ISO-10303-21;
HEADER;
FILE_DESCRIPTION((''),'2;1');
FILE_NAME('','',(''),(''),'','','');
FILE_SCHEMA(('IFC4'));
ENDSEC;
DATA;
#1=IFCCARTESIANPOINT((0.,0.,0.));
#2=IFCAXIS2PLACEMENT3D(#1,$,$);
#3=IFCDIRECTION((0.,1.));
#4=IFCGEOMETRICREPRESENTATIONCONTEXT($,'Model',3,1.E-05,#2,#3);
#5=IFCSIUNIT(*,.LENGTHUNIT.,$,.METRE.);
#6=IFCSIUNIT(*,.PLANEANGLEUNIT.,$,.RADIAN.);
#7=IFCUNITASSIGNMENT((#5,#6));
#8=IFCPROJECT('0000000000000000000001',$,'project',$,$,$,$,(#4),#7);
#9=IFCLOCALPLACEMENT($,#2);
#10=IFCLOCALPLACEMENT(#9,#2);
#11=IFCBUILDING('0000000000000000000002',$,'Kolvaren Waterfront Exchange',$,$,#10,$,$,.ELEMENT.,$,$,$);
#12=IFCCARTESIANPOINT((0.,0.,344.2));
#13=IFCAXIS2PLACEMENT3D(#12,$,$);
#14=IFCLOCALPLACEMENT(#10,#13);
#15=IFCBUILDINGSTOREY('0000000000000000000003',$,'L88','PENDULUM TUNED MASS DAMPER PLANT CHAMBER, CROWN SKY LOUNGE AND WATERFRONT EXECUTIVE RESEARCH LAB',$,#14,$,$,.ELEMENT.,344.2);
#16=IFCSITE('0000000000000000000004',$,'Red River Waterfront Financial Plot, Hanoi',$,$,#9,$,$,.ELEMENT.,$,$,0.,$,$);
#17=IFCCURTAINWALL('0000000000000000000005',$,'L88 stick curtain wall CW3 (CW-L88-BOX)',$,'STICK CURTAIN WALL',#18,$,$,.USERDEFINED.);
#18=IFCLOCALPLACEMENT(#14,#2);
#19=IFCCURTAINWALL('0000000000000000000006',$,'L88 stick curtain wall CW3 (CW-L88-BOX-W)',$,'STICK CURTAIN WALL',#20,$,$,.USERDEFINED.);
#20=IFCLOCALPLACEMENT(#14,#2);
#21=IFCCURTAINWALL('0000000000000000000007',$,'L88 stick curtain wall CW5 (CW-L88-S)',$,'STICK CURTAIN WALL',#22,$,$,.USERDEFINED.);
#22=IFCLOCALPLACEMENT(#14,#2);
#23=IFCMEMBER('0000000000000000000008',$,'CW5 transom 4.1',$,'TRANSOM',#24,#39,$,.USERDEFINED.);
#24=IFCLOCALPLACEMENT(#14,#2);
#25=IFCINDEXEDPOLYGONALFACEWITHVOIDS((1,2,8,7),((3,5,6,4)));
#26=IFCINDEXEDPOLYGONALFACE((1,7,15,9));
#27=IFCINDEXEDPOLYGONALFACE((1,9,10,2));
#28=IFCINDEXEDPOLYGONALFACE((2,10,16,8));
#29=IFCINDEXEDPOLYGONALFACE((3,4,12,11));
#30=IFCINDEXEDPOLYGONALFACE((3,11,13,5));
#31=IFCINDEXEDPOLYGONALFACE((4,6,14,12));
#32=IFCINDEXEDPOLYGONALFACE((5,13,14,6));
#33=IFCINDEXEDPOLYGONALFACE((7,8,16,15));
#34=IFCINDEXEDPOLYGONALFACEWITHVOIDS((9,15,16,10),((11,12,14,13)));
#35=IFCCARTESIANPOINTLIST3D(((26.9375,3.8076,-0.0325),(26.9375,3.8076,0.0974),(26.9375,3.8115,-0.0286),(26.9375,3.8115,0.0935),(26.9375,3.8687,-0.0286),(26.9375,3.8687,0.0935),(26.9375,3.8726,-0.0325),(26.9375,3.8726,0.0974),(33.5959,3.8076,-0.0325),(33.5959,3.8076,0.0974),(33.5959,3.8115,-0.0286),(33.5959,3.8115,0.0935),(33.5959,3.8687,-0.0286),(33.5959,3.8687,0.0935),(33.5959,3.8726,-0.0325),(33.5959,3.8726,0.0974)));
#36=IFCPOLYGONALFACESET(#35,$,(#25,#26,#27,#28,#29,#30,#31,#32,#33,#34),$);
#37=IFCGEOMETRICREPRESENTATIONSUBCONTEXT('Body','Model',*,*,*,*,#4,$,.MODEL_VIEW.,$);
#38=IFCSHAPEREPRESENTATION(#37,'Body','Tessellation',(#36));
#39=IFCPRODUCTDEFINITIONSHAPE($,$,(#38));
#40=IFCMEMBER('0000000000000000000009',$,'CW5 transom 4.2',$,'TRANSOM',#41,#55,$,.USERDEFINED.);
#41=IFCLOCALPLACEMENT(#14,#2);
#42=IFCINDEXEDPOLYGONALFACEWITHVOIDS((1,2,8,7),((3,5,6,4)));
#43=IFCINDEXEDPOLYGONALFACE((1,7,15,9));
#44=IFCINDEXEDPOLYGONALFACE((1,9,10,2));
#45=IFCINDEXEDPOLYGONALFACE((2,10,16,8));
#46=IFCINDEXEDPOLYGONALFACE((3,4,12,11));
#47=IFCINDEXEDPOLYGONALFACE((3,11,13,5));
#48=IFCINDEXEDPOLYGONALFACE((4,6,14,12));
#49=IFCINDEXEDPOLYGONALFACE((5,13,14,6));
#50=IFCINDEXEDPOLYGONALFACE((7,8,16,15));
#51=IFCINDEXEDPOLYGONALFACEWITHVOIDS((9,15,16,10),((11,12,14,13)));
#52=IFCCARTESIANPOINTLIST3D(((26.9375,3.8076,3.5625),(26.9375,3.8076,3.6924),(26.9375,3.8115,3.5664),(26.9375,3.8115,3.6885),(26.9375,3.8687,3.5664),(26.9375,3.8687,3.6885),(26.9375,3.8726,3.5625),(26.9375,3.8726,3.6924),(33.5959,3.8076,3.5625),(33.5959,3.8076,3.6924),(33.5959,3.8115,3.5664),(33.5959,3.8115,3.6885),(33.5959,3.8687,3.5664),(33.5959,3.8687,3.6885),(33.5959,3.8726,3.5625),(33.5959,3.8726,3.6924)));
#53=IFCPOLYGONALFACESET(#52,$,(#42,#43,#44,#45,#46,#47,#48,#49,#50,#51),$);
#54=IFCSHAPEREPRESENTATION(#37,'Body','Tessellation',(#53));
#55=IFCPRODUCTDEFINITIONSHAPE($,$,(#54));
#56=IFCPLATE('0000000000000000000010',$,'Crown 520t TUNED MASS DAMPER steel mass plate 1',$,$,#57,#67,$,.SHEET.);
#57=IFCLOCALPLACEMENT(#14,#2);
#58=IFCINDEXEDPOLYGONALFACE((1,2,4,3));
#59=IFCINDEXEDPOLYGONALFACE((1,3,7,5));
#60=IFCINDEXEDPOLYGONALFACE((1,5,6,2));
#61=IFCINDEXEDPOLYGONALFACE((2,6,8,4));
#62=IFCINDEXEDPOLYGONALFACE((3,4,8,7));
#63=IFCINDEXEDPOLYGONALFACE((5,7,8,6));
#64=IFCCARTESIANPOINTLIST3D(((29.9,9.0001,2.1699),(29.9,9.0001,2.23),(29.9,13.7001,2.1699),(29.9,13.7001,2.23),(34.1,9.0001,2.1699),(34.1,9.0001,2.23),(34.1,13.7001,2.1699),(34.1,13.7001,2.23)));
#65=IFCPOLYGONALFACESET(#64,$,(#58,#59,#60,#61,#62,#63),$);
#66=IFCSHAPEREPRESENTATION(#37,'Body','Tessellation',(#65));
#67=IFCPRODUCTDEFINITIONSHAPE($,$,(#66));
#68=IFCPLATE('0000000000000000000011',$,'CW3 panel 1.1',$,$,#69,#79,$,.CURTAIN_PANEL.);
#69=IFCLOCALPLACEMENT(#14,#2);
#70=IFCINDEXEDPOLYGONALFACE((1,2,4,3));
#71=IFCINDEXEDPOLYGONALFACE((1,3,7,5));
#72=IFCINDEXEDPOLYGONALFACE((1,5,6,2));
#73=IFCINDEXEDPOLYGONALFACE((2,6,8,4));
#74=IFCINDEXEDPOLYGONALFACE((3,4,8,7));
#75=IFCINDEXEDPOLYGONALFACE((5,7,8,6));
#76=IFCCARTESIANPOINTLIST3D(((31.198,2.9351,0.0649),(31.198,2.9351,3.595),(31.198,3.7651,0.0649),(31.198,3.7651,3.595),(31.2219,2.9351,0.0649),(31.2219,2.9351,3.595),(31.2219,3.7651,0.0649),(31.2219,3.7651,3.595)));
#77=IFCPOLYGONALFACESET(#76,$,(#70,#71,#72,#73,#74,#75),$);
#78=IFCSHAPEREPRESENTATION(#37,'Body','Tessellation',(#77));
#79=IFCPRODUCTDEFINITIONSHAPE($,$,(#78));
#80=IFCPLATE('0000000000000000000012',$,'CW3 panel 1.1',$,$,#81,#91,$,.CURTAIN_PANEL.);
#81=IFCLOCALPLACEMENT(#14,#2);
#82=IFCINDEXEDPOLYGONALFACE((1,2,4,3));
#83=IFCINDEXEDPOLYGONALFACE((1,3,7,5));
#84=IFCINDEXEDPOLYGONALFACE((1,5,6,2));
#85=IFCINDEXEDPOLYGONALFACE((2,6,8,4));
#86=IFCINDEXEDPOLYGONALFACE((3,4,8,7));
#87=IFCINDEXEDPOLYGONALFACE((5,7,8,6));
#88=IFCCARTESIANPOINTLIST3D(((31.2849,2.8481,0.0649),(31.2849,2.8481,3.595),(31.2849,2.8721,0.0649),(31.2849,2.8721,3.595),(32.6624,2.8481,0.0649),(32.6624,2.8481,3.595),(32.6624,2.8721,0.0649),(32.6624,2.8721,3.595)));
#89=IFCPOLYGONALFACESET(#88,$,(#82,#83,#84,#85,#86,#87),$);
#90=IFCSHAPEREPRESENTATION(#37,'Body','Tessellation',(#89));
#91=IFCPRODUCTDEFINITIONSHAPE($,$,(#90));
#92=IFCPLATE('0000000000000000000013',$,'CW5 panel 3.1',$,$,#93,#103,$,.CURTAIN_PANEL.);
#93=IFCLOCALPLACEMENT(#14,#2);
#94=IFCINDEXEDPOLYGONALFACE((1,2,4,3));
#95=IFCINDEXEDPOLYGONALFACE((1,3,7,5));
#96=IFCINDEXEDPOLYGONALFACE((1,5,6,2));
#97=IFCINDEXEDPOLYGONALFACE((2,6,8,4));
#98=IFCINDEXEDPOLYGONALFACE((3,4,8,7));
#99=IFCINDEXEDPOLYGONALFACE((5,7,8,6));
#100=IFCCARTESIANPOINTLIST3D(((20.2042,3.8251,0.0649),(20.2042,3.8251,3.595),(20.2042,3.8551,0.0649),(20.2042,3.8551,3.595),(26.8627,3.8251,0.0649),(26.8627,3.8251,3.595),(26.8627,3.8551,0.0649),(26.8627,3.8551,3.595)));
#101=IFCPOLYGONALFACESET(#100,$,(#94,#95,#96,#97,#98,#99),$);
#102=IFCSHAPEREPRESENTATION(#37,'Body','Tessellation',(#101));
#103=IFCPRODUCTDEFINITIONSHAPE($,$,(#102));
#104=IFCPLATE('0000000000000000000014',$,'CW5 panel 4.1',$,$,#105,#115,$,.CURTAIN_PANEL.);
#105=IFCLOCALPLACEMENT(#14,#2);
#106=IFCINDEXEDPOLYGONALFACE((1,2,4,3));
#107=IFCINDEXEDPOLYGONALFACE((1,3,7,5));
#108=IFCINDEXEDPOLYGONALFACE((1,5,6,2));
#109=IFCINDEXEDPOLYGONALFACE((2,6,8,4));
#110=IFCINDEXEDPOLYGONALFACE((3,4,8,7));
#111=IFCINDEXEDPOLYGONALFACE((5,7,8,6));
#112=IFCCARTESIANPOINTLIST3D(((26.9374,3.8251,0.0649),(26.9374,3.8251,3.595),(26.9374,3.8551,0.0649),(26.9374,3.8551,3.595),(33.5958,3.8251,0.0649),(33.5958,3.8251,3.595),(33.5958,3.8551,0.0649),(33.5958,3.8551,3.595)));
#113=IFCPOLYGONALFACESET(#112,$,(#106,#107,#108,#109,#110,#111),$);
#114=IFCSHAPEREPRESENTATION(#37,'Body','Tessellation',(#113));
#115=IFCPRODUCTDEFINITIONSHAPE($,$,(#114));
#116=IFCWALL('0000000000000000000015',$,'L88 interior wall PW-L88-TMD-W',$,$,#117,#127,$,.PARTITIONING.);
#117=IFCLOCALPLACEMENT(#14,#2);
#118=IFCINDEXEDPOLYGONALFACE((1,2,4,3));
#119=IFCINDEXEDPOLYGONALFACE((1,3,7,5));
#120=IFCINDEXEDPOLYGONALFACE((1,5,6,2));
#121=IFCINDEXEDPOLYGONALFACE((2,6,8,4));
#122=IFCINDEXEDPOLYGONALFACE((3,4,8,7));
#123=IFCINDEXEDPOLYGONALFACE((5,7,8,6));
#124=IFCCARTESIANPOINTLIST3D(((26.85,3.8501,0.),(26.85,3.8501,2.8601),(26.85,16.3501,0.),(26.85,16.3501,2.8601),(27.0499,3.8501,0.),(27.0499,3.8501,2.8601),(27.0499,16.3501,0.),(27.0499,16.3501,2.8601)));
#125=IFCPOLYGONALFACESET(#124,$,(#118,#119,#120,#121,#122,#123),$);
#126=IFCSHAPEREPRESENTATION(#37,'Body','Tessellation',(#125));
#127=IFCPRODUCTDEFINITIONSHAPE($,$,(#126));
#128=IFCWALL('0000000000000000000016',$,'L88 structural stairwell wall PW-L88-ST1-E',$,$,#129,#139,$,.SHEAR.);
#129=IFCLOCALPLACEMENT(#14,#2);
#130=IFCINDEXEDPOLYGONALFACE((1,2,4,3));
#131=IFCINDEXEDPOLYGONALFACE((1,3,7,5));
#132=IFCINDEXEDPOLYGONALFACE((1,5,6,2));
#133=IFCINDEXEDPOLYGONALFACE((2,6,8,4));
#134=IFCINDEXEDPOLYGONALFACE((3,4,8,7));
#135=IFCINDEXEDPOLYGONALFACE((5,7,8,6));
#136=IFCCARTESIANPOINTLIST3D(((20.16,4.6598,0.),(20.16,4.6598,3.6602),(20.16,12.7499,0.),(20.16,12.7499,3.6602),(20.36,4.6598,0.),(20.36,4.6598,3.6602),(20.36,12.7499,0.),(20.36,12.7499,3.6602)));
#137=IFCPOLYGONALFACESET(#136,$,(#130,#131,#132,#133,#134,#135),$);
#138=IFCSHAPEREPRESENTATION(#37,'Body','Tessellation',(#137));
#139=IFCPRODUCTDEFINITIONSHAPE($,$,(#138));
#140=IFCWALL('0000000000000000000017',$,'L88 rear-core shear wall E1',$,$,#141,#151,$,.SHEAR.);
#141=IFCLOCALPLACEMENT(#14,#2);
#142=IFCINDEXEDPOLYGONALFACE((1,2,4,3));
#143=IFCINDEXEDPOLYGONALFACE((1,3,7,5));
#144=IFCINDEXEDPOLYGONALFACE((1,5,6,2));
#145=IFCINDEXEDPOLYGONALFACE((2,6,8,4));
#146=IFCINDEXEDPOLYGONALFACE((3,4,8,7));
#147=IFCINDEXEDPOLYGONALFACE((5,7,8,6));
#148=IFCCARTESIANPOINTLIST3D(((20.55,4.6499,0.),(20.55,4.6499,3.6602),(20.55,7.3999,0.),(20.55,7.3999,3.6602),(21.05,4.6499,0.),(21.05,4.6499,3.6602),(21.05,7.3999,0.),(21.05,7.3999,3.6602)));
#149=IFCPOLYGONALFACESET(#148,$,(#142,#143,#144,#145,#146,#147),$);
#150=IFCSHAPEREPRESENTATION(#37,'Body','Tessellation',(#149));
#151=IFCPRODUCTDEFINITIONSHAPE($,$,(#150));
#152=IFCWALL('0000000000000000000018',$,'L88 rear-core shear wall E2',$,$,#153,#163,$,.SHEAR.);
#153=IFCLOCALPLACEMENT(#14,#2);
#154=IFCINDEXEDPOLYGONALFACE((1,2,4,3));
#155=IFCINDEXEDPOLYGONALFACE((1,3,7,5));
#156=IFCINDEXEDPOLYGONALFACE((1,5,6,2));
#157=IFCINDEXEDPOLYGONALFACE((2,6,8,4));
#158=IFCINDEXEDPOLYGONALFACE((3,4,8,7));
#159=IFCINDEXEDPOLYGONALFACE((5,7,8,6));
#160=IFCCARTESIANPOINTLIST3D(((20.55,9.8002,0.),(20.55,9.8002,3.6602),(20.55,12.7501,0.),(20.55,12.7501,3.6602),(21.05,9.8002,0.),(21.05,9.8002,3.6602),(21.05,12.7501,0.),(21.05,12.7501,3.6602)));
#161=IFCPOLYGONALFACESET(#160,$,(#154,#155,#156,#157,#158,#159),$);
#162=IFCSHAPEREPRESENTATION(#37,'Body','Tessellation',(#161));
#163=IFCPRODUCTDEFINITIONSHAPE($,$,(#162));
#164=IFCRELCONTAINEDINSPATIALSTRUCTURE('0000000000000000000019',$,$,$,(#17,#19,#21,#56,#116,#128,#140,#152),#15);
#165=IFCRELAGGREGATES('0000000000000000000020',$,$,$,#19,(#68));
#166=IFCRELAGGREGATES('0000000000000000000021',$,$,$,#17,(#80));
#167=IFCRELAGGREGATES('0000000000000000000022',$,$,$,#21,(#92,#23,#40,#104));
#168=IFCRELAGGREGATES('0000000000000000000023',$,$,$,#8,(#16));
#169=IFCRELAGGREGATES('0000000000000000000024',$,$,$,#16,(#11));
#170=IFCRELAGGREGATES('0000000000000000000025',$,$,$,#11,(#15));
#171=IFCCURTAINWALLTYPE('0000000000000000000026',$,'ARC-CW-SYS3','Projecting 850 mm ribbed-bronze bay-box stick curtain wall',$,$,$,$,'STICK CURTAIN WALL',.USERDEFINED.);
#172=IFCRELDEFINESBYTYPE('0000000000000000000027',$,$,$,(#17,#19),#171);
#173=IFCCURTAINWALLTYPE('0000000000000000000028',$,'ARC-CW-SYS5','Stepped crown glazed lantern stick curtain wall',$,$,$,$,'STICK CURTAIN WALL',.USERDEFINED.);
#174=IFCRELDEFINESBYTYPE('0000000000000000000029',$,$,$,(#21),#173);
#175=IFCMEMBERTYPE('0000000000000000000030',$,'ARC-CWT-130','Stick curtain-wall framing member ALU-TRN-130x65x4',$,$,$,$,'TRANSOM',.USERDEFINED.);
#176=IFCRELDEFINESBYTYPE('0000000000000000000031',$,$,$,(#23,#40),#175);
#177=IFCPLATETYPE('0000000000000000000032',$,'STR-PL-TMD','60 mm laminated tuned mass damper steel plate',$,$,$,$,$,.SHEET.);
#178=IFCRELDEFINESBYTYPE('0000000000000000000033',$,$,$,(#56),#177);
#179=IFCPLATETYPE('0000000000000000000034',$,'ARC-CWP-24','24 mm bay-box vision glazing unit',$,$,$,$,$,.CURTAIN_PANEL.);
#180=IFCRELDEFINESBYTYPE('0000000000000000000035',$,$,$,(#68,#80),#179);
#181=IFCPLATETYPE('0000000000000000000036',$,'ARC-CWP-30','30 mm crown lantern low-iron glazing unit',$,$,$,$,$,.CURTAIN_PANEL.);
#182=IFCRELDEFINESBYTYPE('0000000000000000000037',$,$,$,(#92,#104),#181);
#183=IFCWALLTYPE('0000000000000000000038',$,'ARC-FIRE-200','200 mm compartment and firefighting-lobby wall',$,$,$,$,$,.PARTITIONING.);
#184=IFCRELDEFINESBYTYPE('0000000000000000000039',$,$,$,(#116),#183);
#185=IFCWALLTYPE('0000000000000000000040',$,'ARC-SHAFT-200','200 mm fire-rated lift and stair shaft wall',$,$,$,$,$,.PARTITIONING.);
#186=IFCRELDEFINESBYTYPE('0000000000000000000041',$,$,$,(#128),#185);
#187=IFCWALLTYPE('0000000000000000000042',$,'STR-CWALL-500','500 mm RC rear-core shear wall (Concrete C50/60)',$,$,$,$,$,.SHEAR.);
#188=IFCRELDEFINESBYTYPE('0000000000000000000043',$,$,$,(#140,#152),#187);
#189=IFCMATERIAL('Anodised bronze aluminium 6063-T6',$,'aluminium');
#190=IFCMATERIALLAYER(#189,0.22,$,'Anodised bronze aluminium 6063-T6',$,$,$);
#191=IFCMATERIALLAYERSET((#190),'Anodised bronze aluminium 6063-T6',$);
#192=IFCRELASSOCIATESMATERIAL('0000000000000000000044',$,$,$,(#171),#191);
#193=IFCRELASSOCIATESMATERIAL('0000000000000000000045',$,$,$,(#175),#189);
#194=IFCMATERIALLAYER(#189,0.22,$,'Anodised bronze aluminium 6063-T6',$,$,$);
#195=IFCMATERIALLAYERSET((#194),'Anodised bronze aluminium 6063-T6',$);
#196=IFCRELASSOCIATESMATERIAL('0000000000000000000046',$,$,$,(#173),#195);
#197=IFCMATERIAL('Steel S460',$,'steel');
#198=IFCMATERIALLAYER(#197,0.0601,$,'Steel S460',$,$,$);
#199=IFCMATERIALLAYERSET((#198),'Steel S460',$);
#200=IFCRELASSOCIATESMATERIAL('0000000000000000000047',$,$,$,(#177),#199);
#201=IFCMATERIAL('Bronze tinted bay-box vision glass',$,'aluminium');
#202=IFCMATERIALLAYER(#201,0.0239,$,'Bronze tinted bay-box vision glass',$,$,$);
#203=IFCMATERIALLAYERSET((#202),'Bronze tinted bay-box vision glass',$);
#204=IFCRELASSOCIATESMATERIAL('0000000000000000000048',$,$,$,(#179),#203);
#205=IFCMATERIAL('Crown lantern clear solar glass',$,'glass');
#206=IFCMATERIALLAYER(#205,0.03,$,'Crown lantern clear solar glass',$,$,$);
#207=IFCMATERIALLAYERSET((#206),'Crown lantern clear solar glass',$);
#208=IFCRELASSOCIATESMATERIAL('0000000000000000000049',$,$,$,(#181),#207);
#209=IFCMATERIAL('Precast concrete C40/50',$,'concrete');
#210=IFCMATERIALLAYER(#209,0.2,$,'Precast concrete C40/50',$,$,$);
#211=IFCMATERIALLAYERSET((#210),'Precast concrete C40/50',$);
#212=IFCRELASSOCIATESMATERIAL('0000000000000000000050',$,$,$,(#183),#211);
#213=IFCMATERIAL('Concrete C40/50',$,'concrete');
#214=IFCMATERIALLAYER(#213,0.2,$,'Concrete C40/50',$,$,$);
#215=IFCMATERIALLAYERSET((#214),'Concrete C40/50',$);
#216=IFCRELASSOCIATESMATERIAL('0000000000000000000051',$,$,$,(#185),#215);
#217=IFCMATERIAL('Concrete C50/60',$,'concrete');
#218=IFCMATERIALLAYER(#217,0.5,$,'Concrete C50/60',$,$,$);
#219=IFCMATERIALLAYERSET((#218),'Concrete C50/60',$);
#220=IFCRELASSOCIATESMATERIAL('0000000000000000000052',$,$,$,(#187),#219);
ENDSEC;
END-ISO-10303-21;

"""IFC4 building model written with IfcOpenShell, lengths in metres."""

from ifc_helpers import new_model, si_unit, direction, frame, frame_2d, origin, origin_with_axes, origin_2d, place, context, subcontext, project, spatial, rectangle, hollow_rectangle, extrude, source, transform, mapped, material, layer, layer_set, material_profile, profile_set, type_object, element, aggregate, save


model = new_model("IFC4")

# Units and contexts
model_context = context("Model", 3, precision=1e-05, world=origin(), true_north=direction((0.0, 1.0)))
body_context = subcontext(model_context, "Body", "Model", "MODEL_VIEW")
ifc_project = project(units=[si_unit("LENGTHUNIT", "METRE"), si_unit("PLANEANGLEUNIT", "RADIAN")], contexts=[model_context])

# Site, building, storey
site_placement = place(None, origin())
site = spatial("IfcSite", under=ifc_project, at=site_placement, Name="Red River Waterfront Financial Plot, Hanoi", CompositionType="ELEMENT", RefElevation=0.0)
building_placement = place(site_placement, origin())
building = spatial("IfcBuilding", under=site, at=building_placement, Name="Kolvaren Waterfront Exchange", CompositionType="ELEMENT")
storey_placement = place(building_placement, frame((0.0, 0.0, 344.2)))
storey = spatial("IfcBuildingStorey", under=building, at=storey_placement, Name="L88", Description="PENDULUM TUNED MASS DAMPER PLANT CHAMBER, CROWN SKY LOUNGE AND WATERFRONT EXECUTIVE RESEARCH LAB", CompositionType="ELEMENT", Elevation=344.2)

# Shared definitions
ifc_material_1 = material(Name="Concrete C50/60", Category="concrete")

# Shared definitions
ifc_material_2 = material(Name="Steel S460", Category="steel")

# Curtain walls
ifc_material_3 = material(Name="Anodised bronze aluminium 6063-T6", Category="aluminium")
ifc_layer_1 = layer(ifc_material_3, 0.22, Name="Anodised bronze aluminium 6063-T6")
ifc_layer_set_1 = layer_set([ifc_layer_1], Name="Anodised bronze aluminium 6063-T6")
curtain_wall_type_1 = type_object("IfcCurtainWallType", Name="ARC-CW-SYS3", Description="Projecting 850 mm ribbed-bronze bay-box stick curtain wall", ElementType="STICK CURTAIN WALL", PredefinedType="USERDEFINED", material=ifc_layer_set_1)
curtain_wall_1_placement = place(storey_placement, origin())
curtain_wall_1 = element("IfcCurtainWall", 1, at=curtain_wall_1_placement, inside=storey, type_object=curtain_wall_type_1, Name="L88 stick curtain wall CW3 (CW-L88-BOX)", ObjectType="STICK CURTAIN WALL", PredefinedType="USERDEFINED")
ifc_material_profile_1 = material_profile(ifc_material_3, hollow_rectangle(XDim=0.0649, YDim=0.1299, WallThickness=0.0039, at=origin_2d()), Name="ALU-TRN-130x65x4")
ifc_profile_set_1 = profile_set([ifc_material_profile_1], Name="Anodised bronze aluminium 6063-T6")
member_type_1 = type_object("IfcMemberType", Name="ARC-CWT-130", Description="Stick curtain-wall framing member ALU-TRN-130x65x4", ElementType="TRANSOM", PredefinedType="USERDEFINED", material=ifc_profile_set_1)
curtain_wall_2_placement = place(storey_placement, origin())
curtain_wall_2 = element("IfcCurtainWall", 2, at=curtain_wall_2_placement, inside=storey, type_object=curtain_wall_type_1, Name="L88 stick curtain wall CW3 (CW-L88-BOX-W)", ObjectType="STICK CURTAIN WALL", PredefinedType="USERDEFINED")

# Curtain wall, members
ifc_layer_2 = layer(ifc_material_3, 0.22, Name="Anodised bronze aluminium 6063-T6")
ifc_layer_set_2 = layer_set([ifc_layer_2], Name="Anodised bronze aluminium 6063-T6")
curtain_wall_type_2 = type_object("IfcCurtainWallType", Name="ARC-CW-SYS5", Description="Stepped crown glazed lantern stick curtain wall", ElementType="STICK CURTAIN WALL", PredefinedType="USERDEFINED", material=ifc_layer_set_2)
curtain_wall_3_placement = place(storey_placement, origin())
curtain_wall_3 = element("IfcCurtainWall", 3, at=curtain_wall_3_placement, inside=storey, type_object=curtain_wall_type_2, Name="L88 stick curtain wall CW5 (CW-L88-S)", ObjectType="STICK CURTAIN WALL", PredefinedType="USERDEFINED")
shared_shape_1 = source(origin_with_axes(), body_context, "Body", "SweptSolid", [
    extrude(hollow_rectangle(XDim=0.0649, YDim=0.1299, WallThickness=0.0039, at=origin_2d()), origin(), (0.0, 0.0, 1.0), 6.6584),
])
member_1_placement = place(storey_placement, frame((26.9375, 3.8401, 0.0325), z_axis=(1.0, 0.0, 0.0), x_axis=(0.0, 1.0, 0.0)))
member_1 = element("IfcMember", 4, at=member_1_placement, type_object=member_type_1, Name="CW5 transom 4.1", ObjectType="TRANSOM", PredefinedType="USERDEFINED", context=body_context, shape_type="MappedRepresentation", body=[
    mapped(shared_shape_1, transform((0.0, 0.0, 0.0), x_axis=(1.0, 0.0, 0.0), y_axis=(0.0, 1.0, 0.0), z_axis=(0.0, 0.0, 1.0), scale=1.0)),
])
member_2_placement = place(storey_placement, frame((26.9375, 3.8401, 3.6274), z_axis=(1.0, 0.0, 0.0), x_axis=(0.0, 1.0, 0.0)))
member_2 = element("IfcMember", 5, at=member_2_placement, type_object=member_type_1, Name="CW5 transom 4.2", ObjectType="TRANSOM", PredefinedType="USERDEFINED", context=body_context, shape_type="MappedRepresentation", body=[
    mapped(shared_shape_1, transform((0.0, 0.0, 0.0), x_axis=(1.0, 0.0, 0.0), y_axis=(0.0, 1.0, 0.0), z_axis=(0.0, 0.0, 1.0), scale=1.0)),
])

# Plates
ifc_layer_3 = layer(ifc_material_2, 0.0601, Name="Steel S460")
ifc_layer_set_3 = layer_set([ifc_layer_3], Name="Steel S460")
plate_type_1 = type_object("IfcPlateType", Name="STR-PL-TMD", Description="60 mm laminated tuned mass damper steel plate", PredefinedType="SHEET", material=ifc_layer_set_3)
shared_shape_2 = source(origin_with_axes(), body_context, "Body", "SweptSolid", [
    extrude(rectangle(XDim=4.2, YDim=4.7, at=origin_2d()), origin(), (0.0, 0.0, 1.0), 0.0601),
])
plate_1_placement = place(storey_placement, frame((32.0, 11.3501, 2.1699), z_axis=(0.0, 0.0, 1.0), x_axis=(1.0, 0.0, 0.0)))
element("IfcPlate", 6, at=plate_1_placement, inside=storey, type_object=plate_type_1, Name="Crown 520t TUNED MASS DAMPER steel mass plate 1", PredefinedType="SHEET", context=body_context, shape_type="MappedRepresentation", body=[
    mapped(shared_shape_2, transform((0.0, 0.0, 0.0), x_axis=(1.0, 0.0, 0.0), y_axis=(0.0, 1.0, 0.0), z_axis=(0.0, 0.0, 1.0), scale=1.0)),
])
ifc_material_4 = material(Name="Bronze tinted bay-box vision glass", Category="aluminium")
ifc_layer_4 = layer(ifc_material_4, 0.0239, Name="Bronze tinted bay-box vision glass")
ifc_layer_set_4 = layer_set([ifc_layer_4], Name="Bronze tinted bay-box vision glass")
plate_type_2 = type_object("IfcPlateType", Name="ARC-CWP-24", Description="24 mm bay-box vision glazing unit", PredefinedType="CURTAIN_PANEL", material=ifc_layer_set_4)
shared_shape_3 = source(origin_with_axes(), body_context, "Body", "SweptSolid", [
    extrude(rectangle(XDim=0.8301, YDim=0.0239, at=origin_2d()), origin(), (0.0, 0.0, 1.0), 3.53),
])
plate_2_placement = place(storey_placement, frame((31.21, 3.3501, 0.0649), z_axis=(0.0, 0.0, 1.0), x_axis=(0.0, -1.0, 0.0)))
plate_2 = element("IfcPlate", 7, at=plate_2_placement, type_object=plate_type_2, Name="CW3 panel 1.1", PredefinedType="CURTAIN_PANEL", context=body_context, shape_type="MappedRepresentation", body=[
    mapped(shared_shape_3, transform((0.0, 0.0, 0.0), x_axis=(1.0, 0.0, 0.0), y_axis=(0.0, 1.0, 0.0), z_axis=(0.0, 0.0, 1.0), scale=1.0)),
])
aggregate(curtain_wall_2, [plate_2])
shared_shape_4 = source(origin_with_axes(), body_context, "Body", "SweptSolid", [
    extrude(rectangle(XDim=1.3774, YDim=0.0239, at=origin_2d()), origin(), (0.0, 0.0, 1.0), 3.53),
])
plate_3_placement = place(storey_placement, frame((31.9736, 2.8601, 0.0649), z_axis=(0.0, 0.0, 1.0), x_axis=(1.0, 0.0, 0.0)))
plate_3 = element("IfcPlate", 8, at=plate_3_placement, type_object=plate_type_2, Name="CW3 panel 1.1", PredefinedType="CURTAIN_PANEL", context=body_context, shape_type="MappedRepresentation", body=[
    mapped(shared_shape_4, transform((0.0, 0.0, 0.0), x_axis=(1.0, 0.0, 0.0), y_axis=(0.0, 1.0, 0.0), z_axis=(0.0, 0.0, 1.0), scale=1.0)),
])
aggregate(curtain_wall_1, [plate_3])
ifc_material_5 = material(Name="Crown lantern clear solar glass", Category="glass")
ifc_layer_5 = layer(ifc_material_5, 0.03, Name="Crown lantern clear solar glass")
ifc_layer_set_5 = layer_set([ifc_layer_5], Name="Crown lantern clear solar glass")
plate_type_3 = type_object("IfcPlateType", Name="ARC-CWP-30", Description="30 mm crown lantern low-iron glazing unit", PredefinedType="CURTAIN_PANEL", material=ifc_layer_set_5)
shared_shape_5 = source(origin_with_axes(), body_context, "Body", "SweptSolid", [
    extrude(rectangle(XDim=6.6584, YDim=0.03, at=origin_2d()), origin(), (0.0, 0.0, 1.0), 3.53),
])
plate_4_placement = place(storey_placement, frame((23.5334, 3.8401, 0.0649), z_axis=(0.0, 0.0, 1.0), x_axis=(1.0, 0.0, 0.0)))
plate_4 = element("IfcPlate", 9, at=plate_4_placement, type_object=plate_type_3, Name="CW5 panel 3.1", PredefinedType="CURTAIN_PANEL", context=body_context, shape_type="MappedRepresentation", body=[
    mapped(shared_shape_5, transform((0.0, 0.0, 0.0), x_axis=(1.0, 0.0, 0.0), y_axis=(0.0, 1.0, 0.0), z_axis=(0.0, 0.0, 1.0), scale=1.0)),
])
plate_5_placement = place(storey_placement, frame((30.2666, 3.8401, 0.0649), z_axis=(0.0, 0.0, 1.0), x_axis=(1.0, 0.0, 0.0)))
plate_5 = element("IfcPlate", 10, at=plate_5_placement, type_object=plate_type_3, Name="CW5 panel 4.1", PredefinedType="CURTAIN_PANEL", context=body_context, shape_type="MappedRepresentation", body=[
    mapped(shared_shape_5, transform((0.0, 0.0, 0.0), x_axis=(1.0, 0.0, 0.0), y_axis=(0.0, 1.0, 0.0), z_axis=(0.0, 0.0, 1.0), scale=1.0)),
])
aggregate(curtain_wall_3, [plate_4, member_1, member_2, plate_5])

# Walls
ifc_material_6 = material(Name="Precast concrete C40/50", Category="concrete")
ifc_layer_6 = layer(ifc_material_6, 0.2, Name="Precast concrete C40/50")
ifc_layer_set_6 = layer_set([ifc_layer_6], Name="Precast concrete C40/50")
wall_type_1 = type_object("IfcWallType", Name="ARC-FIRE-200", Description="200 mm compartment and firefighting-lobby wall", PredefinedType="PARTITIONING", material=ifc_layer_set_6)
wall_1_placement = place(storey_placement, frame((26.95, 3.8501, 0.0), z_axis=(0.0, 0.0, 1.0), x_axis=(0.0, 1.0, 0.0)))
element("IfcWall", 11, at=wall_1_placement, inside=storey, type_object=wall_type_1, Name="L88 interior wall PW-L88-TMD-W", PredefinedType="PARTITIONING", context=body_context, shape_type="SweptSolid", body=[
    extrude(rectangle(XDim=12.5, YDim=0.2, at=frame_2d((6.25, 0.0))), origin(), (0.0, 0.0, 1.0), 2.8601),
])
ifc_material_7 = material(Name="Concrete C40/50", Category="concrete")
ifc_layer_7 = layer(ifc_material_7, 0.2, Name="Concrete C40/50")
ifc_layer_set_7 = layer_set([ifc_layer_7], Name="Concrete C40/50")
wall_type_2 = type_object("IfcWallType", Name="ARC-SHAFT-200", Description="200 mm fire-rated lift and stair shaft wall", PredefinedType="PARTITIONING", material=ifc_layer_set_7)
wall_2_placement = place(storey_placement, frame((20.26, 4.6599, 0.0), z_axis=(0.0, 0.0, 1.0), x_axis=(0.0, 1.0, 0.0)))
element("IfcWall", 12, at=wall_2_placement, inside=storey, type_object=wall_type_2, Name="L88 structural stairwell wall PW-L88-ST1-E", PredefinedType="SHEAR", context=body_context, shape_type="SweptSolid", body=[
    extrude(rectangle(XDim=8.0901, YDim=0.2, at=frame_2d((4.0449, 0.0))), origin(), (0.0, 0.0, 1.0), 3.6602),
])
ifc_layer_8 = layer(ifc_material_1, 0.5, Name="Concrete C50/60")
ifc_layer_set_8 = layer_set([ifc_layer_8], Name="Concrete C50/60")
wall_type_3 = type_object("IfcWallType", Name="STR-CWALL-500", Description="500 mm RC rear-core shear wall (Concrete C50/60)", PredefinedType="SHEAR", material=ifc_layer_set_8)
wall_3_placement = place(storey_placement, frame((20.8, 4.6499, 0.0), z_axis=(0.0, 0.0, 1.0), x_axis=(0.0, 1.0, 0.0)))
element("IfcWall", 13, at=wall_3_placement, inside=storey, type_object=wall_type_3, Name="L88 rear-core shear wall E1", PredefinedType="SHEAR", context=body_context, shape_type="SweptSolid", body=[
    extrude(rectangle(XDim=2.75, YDim=0.5, at=frame_2d((1.375, 0.0))), origin(), (0.0, 0.0, 1.0), 3.6602),
])
wall_4_placement = place(storey_placement, frame((20.8, 9.8, 0.0), z_axis=(0.0, 0.0, 1.0), x_axis=(0.0, 1.0, 0.0)))
element("IfcWall", 14, at=wall_4_placement, inside=storey, type_object=wall_type_3, Name="L88 rear-core shear wall E2", PredefinedType="SHEAR", context=body_context, shape_type="SweptSolid", body=[
    extrude(rectangle(XDim=2.95, YDim=0.5, at=frame_2d((1.4751, 0.0))), origin(), (0.0, 0.0, 1.0), 3.6602),
])

save(model, "model.ifc")
